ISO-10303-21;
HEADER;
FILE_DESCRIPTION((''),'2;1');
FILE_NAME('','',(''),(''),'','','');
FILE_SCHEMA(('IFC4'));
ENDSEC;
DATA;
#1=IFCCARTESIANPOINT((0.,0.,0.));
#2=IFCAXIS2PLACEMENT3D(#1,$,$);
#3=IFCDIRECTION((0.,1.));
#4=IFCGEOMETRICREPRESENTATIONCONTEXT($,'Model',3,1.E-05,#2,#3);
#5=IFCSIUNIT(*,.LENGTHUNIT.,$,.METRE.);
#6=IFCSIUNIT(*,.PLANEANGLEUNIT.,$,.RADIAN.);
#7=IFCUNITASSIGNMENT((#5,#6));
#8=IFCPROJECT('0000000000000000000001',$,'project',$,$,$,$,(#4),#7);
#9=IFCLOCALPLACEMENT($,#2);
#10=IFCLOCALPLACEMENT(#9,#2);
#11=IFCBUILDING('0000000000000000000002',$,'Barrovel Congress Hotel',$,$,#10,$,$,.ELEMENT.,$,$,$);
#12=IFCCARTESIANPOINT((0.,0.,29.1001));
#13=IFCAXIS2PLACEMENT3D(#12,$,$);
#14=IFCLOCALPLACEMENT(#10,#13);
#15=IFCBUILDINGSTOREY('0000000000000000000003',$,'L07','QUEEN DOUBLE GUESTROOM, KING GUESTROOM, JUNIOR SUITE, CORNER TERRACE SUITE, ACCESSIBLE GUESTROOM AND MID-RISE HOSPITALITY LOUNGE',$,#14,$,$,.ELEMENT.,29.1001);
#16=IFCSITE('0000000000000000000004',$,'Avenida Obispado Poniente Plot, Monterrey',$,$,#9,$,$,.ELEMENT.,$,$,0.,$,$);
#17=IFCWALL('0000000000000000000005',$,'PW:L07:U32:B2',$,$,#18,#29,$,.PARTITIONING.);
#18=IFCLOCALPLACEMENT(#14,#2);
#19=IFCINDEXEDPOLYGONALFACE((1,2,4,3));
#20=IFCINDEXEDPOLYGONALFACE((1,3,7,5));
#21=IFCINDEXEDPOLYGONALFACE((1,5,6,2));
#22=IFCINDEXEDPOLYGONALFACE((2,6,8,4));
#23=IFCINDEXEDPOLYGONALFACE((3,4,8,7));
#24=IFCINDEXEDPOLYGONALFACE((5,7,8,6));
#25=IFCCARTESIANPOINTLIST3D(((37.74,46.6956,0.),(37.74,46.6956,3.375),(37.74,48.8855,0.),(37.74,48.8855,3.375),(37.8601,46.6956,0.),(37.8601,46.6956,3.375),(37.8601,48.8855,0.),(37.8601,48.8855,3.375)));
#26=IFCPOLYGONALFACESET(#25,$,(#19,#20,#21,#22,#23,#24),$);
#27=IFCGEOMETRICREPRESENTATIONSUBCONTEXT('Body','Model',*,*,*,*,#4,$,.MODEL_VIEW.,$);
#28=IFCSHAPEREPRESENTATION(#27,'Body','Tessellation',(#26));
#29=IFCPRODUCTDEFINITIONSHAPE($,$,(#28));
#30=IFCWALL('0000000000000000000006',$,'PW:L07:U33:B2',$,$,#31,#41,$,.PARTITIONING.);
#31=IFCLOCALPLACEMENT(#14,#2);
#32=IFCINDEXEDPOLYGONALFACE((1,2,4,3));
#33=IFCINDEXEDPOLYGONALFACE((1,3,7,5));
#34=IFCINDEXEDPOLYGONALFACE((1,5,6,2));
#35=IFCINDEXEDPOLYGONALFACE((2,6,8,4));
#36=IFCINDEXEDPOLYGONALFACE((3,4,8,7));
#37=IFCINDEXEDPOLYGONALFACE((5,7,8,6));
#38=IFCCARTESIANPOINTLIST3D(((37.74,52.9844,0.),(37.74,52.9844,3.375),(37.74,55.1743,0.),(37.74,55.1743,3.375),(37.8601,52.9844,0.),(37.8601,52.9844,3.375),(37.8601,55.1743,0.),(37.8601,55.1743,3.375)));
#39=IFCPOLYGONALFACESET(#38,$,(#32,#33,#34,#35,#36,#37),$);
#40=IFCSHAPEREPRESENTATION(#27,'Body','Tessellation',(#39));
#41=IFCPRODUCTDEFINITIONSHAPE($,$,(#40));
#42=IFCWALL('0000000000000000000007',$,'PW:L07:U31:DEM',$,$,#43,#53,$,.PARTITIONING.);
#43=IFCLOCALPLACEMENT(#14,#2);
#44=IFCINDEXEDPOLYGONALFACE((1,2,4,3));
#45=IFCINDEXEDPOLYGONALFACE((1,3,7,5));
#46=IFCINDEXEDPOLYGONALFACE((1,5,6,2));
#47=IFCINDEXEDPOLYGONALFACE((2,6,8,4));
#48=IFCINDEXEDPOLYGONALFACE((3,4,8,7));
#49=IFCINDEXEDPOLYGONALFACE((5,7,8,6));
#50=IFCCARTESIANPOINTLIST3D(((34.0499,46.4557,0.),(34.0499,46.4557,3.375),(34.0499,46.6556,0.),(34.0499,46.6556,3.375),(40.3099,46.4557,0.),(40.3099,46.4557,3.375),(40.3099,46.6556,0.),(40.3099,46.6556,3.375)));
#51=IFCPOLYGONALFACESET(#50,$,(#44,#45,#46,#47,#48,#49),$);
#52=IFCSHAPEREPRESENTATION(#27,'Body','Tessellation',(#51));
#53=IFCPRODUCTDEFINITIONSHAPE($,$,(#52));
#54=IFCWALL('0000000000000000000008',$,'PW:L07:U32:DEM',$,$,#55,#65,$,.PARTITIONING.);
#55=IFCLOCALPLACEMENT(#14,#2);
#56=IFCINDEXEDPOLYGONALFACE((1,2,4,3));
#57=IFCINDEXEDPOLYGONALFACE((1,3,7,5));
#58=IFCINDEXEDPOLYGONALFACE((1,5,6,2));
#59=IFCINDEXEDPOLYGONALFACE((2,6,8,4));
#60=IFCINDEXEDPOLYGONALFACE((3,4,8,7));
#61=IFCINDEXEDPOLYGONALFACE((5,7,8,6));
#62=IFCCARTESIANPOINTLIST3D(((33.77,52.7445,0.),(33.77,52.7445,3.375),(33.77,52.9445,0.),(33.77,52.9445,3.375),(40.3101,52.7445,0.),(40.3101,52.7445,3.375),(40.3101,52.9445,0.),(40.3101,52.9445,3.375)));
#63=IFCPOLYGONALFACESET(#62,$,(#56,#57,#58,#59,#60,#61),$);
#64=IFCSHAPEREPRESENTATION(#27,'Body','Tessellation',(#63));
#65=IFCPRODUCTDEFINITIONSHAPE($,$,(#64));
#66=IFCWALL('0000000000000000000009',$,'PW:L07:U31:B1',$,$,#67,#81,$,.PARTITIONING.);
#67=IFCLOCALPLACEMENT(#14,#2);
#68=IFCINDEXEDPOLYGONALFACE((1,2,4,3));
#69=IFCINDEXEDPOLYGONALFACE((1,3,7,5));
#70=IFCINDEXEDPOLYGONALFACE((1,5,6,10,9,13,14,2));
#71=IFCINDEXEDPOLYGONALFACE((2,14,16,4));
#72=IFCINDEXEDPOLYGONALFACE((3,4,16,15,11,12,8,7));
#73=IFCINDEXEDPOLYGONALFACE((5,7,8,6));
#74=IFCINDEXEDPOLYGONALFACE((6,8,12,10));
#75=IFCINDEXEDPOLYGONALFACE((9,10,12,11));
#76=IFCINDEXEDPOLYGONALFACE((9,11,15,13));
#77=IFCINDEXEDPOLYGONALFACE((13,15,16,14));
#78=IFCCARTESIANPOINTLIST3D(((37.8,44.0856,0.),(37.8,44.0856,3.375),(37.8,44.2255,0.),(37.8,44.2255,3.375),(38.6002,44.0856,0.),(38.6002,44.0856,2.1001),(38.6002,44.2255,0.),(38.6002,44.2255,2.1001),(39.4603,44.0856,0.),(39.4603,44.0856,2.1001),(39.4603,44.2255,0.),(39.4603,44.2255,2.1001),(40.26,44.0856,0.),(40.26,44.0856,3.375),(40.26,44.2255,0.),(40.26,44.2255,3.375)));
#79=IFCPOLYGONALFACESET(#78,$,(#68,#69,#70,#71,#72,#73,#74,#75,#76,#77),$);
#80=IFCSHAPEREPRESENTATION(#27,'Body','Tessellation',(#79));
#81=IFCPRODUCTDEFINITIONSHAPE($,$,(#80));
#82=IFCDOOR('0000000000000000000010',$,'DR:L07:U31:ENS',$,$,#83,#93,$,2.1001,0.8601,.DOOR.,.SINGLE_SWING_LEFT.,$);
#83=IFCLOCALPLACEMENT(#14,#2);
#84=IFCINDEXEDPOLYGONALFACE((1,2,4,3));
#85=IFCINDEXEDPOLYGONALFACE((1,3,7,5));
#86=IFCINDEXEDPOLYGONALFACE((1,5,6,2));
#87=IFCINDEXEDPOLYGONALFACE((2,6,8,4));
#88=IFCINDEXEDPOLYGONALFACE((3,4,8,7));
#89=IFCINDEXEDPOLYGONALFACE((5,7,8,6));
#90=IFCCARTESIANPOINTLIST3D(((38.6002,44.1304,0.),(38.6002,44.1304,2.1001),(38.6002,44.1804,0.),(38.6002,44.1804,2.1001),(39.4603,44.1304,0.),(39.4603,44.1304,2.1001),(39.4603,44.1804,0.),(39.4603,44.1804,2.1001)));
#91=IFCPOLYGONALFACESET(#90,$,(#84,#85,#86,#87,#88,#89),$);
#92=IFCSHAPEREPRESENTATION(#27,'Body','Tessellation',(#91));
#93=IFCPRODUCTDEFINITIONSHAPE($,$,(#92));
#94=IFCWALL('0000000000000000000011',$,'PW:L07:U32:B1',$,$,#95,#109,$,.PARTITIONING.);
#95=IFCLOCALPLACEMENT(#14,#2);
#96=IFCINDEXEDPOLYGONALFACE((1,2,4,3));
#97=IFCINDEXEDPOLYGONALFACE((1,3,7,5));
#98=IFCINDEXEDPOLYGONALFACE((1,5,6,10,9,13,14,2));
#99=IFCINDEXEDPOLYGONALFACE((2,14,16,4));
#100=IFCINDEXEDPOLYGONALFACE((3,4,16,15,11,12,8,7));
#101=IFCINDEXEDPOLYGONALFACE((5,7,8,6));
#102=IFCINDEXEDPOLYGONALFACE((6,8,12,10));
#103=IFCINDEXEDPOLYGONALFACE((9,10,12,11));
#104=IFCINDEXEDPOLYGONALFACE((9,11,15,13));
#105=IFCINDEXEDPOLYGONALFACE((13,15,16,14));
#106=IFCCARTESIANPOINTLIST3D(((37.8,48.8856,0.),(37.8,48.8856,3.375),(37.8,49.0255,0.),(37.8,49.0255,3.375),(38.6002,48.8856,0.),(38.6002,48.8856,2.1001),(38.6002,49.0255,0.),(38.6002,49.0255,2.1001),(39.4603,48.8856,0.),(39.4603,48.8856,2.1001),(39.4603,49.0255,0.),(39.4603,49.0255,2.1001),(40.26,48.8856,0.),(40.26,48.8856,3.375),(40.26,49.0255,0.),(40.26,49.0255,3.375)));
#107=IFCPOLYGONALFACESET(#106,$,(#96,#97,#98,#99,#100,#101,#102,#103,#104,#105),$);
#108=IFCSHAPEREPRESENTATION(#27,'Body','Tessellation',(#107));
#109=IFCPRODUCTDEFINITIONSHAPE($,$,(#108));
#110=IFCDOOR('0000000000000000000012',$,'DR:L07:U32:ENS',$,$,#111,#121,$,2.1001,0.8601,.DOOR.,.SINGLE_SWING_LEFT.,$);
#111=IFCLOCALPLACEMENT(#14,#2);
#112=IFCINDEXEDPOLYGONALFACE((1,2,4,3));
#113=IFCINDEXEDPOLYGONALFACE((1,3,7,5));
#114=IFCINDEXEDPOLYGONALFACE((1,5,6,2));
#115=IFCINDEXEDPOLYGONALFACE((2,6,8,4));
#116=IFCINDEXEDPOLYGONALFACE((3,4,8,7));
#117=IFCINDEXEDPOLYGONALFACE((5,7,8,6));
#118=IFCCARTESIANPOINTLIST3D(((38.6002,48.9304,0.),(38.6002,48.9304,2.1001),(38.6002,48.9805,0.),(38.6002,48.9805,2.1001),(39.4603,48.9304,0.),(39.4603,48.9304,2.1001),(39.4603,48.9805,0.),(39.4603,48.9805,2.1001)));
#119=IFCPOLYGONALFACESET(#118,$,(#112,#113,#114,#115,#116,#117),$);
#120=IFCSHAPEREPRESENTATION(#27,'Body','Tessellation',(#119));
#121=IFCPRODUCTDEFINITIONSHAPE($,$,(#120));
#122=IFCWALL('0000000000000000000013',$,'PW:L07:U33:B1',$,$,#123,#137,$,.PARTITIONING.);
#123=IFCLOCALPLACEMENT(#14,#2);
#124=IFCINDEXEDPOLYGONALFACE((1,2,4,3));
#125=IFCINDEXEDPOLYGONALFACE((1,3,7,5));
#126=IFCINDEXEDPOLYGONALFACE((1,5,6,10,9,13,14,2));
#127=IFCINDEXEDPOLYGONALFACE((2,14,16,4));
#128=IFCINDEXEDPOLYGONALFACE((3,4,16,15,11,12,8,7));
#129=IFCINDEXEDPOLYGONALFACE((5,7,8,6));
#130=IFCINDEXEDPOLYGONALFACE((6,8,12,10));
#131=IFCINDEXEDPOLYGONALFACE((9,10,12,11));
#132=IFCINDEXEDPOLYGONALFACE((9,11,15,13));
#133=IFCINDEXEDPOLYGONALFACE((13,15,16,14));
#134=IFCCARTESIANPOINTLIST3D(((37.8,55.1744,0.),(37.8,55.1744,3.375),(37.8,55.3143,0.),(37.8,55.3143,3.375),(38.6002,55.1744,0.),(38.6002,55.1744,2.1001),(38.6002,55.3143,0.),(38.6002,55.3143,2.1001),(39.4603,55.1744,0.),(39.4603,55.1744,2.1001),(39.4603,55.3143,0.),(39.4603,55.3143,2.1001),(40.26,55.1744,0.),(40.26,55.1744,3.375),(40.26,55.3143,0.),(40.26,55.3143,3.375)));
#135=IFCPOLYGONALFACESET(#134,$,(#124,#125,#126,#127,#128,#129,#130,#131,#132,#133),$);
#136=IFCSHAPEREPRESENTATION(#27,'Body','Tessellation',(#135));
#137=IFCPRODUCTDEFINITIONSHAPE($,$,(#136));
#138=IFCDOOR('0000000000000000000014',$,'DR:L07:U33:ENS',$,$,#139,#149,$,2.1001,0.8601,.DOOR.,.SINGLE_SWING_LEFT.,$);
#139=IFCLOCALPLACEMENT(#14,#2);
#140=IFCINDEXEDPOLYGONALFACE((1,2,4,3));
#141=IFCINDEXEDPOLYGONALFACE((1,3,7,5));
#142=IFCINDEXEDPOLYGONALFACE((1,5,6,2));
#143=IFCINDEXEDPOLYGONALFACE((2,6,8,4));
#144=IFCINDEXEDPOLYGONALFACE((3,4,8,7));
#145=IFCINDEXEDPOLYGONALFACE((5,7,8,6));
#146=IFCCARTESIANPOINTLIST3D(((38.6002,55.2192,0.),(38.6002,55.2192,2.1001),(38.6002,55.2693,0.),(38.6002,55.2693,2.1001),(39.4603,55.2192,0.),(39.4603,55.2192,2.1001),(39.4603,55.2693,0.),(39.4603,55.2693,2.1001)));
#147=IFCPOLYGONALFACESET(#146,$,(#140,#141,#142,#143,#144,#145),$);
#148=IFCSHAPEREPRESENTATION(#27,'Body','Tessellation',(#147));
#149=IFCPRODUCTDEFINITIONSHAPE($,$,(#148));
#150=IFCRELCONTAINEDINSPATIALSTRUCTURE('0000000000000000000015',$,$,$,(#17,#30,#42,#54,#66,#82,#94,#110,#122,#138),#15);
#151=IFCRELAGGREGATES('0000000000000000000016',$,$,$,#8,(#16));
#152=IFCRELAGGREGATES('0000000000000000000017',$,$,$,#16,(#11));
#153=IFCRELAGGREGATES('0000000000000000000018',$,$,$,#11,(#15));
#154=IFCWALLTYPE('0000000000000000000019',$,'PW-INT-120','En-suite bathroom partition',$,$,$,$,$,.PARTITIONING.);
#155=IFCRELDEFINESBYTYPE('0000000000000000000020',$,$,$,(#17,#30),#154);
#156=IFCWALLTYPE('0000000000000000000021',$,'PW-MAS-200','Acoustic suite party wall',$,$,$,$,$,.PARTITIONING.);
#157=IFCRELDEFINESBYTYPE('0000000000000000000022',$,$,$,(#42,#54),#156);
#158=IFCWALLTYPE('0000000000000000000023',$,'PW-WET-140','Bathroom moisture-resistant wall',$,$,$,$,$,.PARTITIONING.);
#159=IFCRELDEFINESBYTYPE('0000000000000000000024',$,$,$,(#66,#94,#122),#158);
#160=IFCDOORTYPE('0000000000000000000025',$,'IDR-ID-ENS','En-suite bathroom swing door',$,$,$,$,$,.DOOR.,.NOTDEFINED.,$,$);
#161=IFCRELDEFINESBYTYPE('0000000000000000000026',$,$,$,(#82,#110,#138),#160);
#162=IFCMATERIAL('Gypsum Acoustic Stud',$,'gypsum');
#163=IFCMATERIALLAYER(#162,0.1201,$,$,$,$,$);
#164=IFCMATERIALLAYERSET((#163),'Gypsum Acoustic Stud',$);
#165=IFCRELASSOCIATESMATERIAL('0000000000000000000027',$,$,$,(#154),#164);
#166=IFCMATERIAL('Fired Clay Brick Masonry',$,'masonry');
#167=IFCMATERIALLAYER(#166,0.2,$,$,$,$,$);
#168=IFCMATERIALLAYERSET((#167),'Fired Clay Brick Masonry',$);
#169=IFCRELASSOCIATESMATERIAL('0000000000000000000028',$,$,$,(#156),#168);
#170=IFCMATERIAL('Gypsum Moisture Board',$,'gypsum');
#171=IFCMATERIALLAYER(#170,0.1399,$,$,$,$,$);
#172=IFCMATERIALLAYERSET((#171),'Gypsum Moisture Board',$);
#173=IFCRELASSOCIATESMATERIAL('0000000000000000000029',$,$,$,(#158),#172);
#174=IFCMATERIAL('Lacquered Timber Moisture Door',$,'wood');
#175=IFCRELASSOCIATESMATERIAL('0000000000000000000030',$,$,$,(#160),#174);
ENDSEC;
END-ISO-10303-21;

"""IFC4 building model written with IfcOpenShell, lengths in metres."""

from ifc_helpers import new_model, si_unit, direction, frame, frame_2d, origin, place, context, subcontext, project, spatial, rectangle, extrude, material, layer, layer_set, type_object, element, fill, save


model = new_model("IFC4")

# Units and contexts
model_context = context("Model", 3, precision=1e-05, world=origin(), true_north=direction((0.0, 1.0)))
body_context = subcontext(model_context, "Body", "Model", "MODEL_VIEW")
ifc_project = project(units=[si_unit("LENGTHUNIT", "METRE"), si_unit("PLANEANGLEUNIT", "RADIAN")], contexts=[model_context])

# Site, building, storey
site_placement = place(None, origin())
site = spatial("IfcSite", under=ifc_project, at=site_placement, Name="Avenida Obispado Poniente Plot, Monterrey", CompositionType="ELEMENT", RefElevation=0.0)
building_placement = place(site_placement, origin())
building = spatial("IfcBuilding", under=site, at=building_placement, Name="Barrovel Congress Hotel", CompositionType="ELEMENT")
storey_placement = place(building_placement, frame((0.0, 0.0, 29.1001)))
storey = spatial("IfcBuildingStorey", under=building, at=storey_placement, Name="L07", Description="QUEEN DOUBLE GUESTROOM, KING GUESTROOM, JUNIOR SUITE, CORNER TERRACE SUITE, ACCESSIBLE GUESTROOM AND MID-RISE HOSPITALITY LOUNGE", CompositionType="ELEMENT", Elevation=29.1001)

# Shared definitions
ifc_material_1 = material(Name="Fired Clay Brick Masonry", Category="masonry")

# Shared definitions
ifc_material_2 = material(Name="Gypsum Acoustic Stud", Category="gypsum")

# Walls
ifc_layer_1 = layer(ifc_material_2, 0.1201)
ifc_layer_set_1 = layer_set([ifc_layer_1], Name="Gypsum Acoustic Stud")
wall_type_1 = type_object("IfcWallType", Name="PW-INT-120", Description="En-suite bathroom partition", PredefinedType="PARTITIONING", material=ifc_layer_set_1)
for number, where, z_axis, x_axis, name in (
    (1, (37.8, 46.6956, 0.0), (0.0, 0.0, 1.0), (0.0, 1.0, 0.0), "PW:L07:U32:B2"),
    (2, (37.8, 52.9844, 0.0), (0.0, 0.0, 1.0), (0.0, 1.0, 0.0), "PW:L07:U33:B2"),
):
    element("IfcWall", number, at=place(storey_placement, frame(where, z_axis=z_axis, x_axis=x_axis)), inside=storey, type_object=wall_type_1, Name=name, PredefinedType="PARTITIONING", context=body_context, shape_type="SweptSolid", body=[
        extrude(rectangle(XDim=2.1899, YDim=0.1201, at=frame_2d((1.095, 0.0))), origin(), (0.0, 0.0, 1.0), 3.375),
    ])
ifc_layer_2 = layer(ifc_material_1, 0.2)
ifc_layer_set_2 = layer_set([ifc_layer_2], Name="Fired Clay Brick Masonry")
wall_type_2 = type_object("IfcWallType", Name="PW-MAS-200", Description="Acoustic suite party wall", PredefinedType="PARTITIONING", material=ifc_layer_set_2)
wall_1_placement = place(storey_placement, frame((34.05, 46.5557, 0.0), z_axis=(0.0, 0.0, 1.0), x_axis=(1.0, 0.0, 0.0)))
element("IfcWall", 3, at=wall_1_placement, inside=storey, type_object=wall_type_2, Name="PW:L07:U31:DEM", PredefinedType="PARTITIONING", context=body_context, shape_type="SweptSolid", body=[
    extrude(rectangle(XDim=6.26, YDim=0.2, at=frame_2d((3.1299, 0.0))), origin(), (0.0, 0.0, 1.0), 3.375),
])
wall_2_placement = place(storey_placement, frame((33.77, 52.8445, 0.0), z_axis=(0.0, 0.0, 1.0), x_axis=(1.0, 0.0, 0.0)))
element("IfcWall", 4, at=wall_2_placement, inside=storey, type_object=wall_type_2, Name="PW:L07:U32:DEM", PredefinedType="PARTITIONING", context=body_context, shape_type="SweptSolid", body=[
    extrude(rectangle(XDim=6.54, YDim=0.2, at=frame_2d((3.27, 0.0))), origin(), (0.0, 0.0, 1.0), 3.375),
])

# Walls, openings, doors
ifc_material_3 = material(Name="Gypsum Moisture Board", Category="gypsum")
ifc_layer_3 = layer(ifc_material_3, 0.1399)
ifc_layer_set_3 = layer_set([ifc_layer_3], Name="Gypsum Moisture Board")
wall_type_3 = type_object("IfcWallType", Name="PW-WET-140", Description="Bathroom moisture-resistant wall", PredefinedType="PARTITIONING", material=ifc_layer_set_3)
wall_3_placement = place(storey_placement, frame((37.8, 44.1555, 0.0), z_axis=(0.0, 0.0, 1.0), x_axis=(1.0, 0.0, 0.0)))
wall_3 = element("IfcWall", 5, at=wall_3_placement, inside=storey, type_object=wall_type_3, Name="PW:L07:U31:B1", PredefinedType="PARTITIONING", context=body_context, shape_type="SweptSolid", body=[
    extrude(rectangle(XDim=2.46, YDim=0.1399, at=frame_2d((1.23, 0.0))), origin(), (0.0, 0.0, 1.0), 3.375),
])
opening_1_placement = place(wall_3_placement, frame((0.8, 0.0, 0.0)))
opening_1 = element("IfcOpeningElement", 6, at=opening_1_placement, cuts=wall_3, PredefinedType="OPENING", context=body_context, shape_type="SweptSolid", body=[
    extrude(rectangle(XDim=0.8601, YDim=2.1001, at=frame_2d((0.4302, 1.05))), frame((0.0, 0.0801, 0.0), z_axis=(0.0, -1.0, 0.0), x_axis=(1.0, 0.0, 0.0)), (0.0, 0.0, 1.0), 0.1599),
])
ifc_material_4 = material(Name="Lacquered Timber Moisture Door", Category="wood")
door_type_1 = type_object("IfcDoorType", Name="IDR-ID-ENS", Description="En-suite bathroom swing door", OperationType="NOTDEFINED", PredefinedType="DOOR", material=ifc_material_4)
door_1_placement = place(opening_1_placement, origin())
door_1 = element("IfcDoor", 7, at=door_1_placement, inside=storey, type_object=door_type_1, Name="DR:L07:U31:ENS", OperationType="SINGLE_SWING_LEFT", OverallHeight=2.1001, OverallWidth=0.8601, PredefinedType="DOOR", context=body_context, shape_type="SweptSolid", body=[
    extrude(rectangle(XDim=0.8601, YDim=2.1001, at=frame_2d((0.4302, 1.05))), frame((0.0, 0.0249, 0.0), z_axis=(0.0, -1.0, 0.0), x_axis=(1.0, 0.0, 0.0)), (0.0, 0.0, 1.0), 0.05),
])
fill(opening_1, door_1)
wall_4_placement = place(storey_placement, frame((37.8, 48.9556, 0.0), z_axis=(0.0, 0.0, 1.0), x_axis=(1.0, 0.0, 0.0)))
wall_4 = element("IfcWall", 8, at=wall_4_placement, inside=storey, type_object=wall_type_3, Name="PW:L07:U32:B1", PredefinedType="PARTITIONING", context=body_context, shape_type="SweptSolid", body=[
    extrude(rectangle(XDim=2.46, YDim=0.1399, at=frame_2d((1.23, 0.0))), origin(), (0.0, 0.0, 1.0), 3.375),
])
opening_2_placement = place(wall_4_placement, frame((0.8, 0.0, 0.0)))
opening_2 = element("IfcOpeningElement", 9, at=opening_2_placement, cuts=wall_4, PredefinedType="OPENING", context=body_context, shape_type="SweptSolid", body=[
    extrude(rectangle(XDim=0.8601, YDim=2.1001, at=frame_2d((0.4302, 1.05))), frame((0.0, 0.0801, 0.0), z_axis=(0.0, -1.0, 0.0), x_axis=(1.0, 0.0, 0.0)), (0.0, 0.0, 1.0), 0.1599),
])
door_2_placement = place(opening_2_placement, origin())
door_2 = element("IfcDoor", 10, at=door_2_placement, inside=storey, type_object=door_type_1, Name="DR:L07:U32:ENS", OperationType="SINGLE_SWING_LEFT", OverallHeight=2.1001, OverallWidth=0.8601, PredefinedType="DOOR", context=body_context, shape_type="SweptSolid", body=[
    extrude(rectangle(XDim=0.8601, YDim=2.1001, at=frame_2d((0.4302, 1.05))), frame((0.0, 0.0249, 0.0), z_axis=(0.0, -1.0, 0.0), x_axis=(1.0, 0.0, 0.0)), (0.0, 0.0, 1.0), 0.05),
])
fill(opening_2, door_2)
wall_5_placement = place(storey_placement, frame((37.8, 55.2444, 0.0), z_axis=(0.0, 0.0, 1.0), x_axis=(1.0, 0.0, 0.0)))
wall_5 = element("IfcWall", 11, at=wall_5_placement, inside=storey, type_object=wall_type_3, Name="PW:L07:U33:B1", PredefinedType="PARTITIONING", context=body_context, shape_type="SweptSolid", body=[
    extrude(rectangle(XDim=2.46, YDim=0.1399, at=frame_2d((1.23, 0.0))), origin(), (0.0, 0.0, 1.0), 3.375),
])
opening_3_placement = place(wall_5_placement, frame((0.8, 0.0, 0.0)))
opening_3 = element("IfcOpeningElement", 12, at=opening_3_placement, cuts=wall_5, PredefinedType="OPENING", context=body_context, shape_type="SweptSolid", body=[
    extrude(rectangle(XDim=0.8601, YDim=2.1001, at=frame_2d((0.4302, 1.05))), frame((0.0, 0.0801, 0.0), z_axis=(0.0, -1.0, 0.0), x_axis=(1.0, 0.0, 0.0)), (0.0, 0.0, 1.0), 0.1599),
])
door_3_placement = place(opening_3_placement, origin())
door_3 = element("IfcDoor", 13, at=door_3_placement, inside=storey, type_object=door_type_1, Name="DR:L07:U33:ENS", OperationType="SINGLE_SWING_LEFT", OverallHeight=2.1001, OverallWidth=0.8601, PredefinedType="DOOR", context=body_context, shape_type="SweptSolid", body=[
    extrude(rectangle(XDim=0.8601, YDim=2.1001, at=frame_2d((0.4302, 1.05))), frame((0.0, 0.0249, 0.0), z_axis=(0.0, -1.0, 0.0), x_axis=(1.0, 0.0, 0.0)), (0.0, 0.0, 1.0), 0.05),
])
fill(opening_3, door_3)

save(model, "model.ifc")
